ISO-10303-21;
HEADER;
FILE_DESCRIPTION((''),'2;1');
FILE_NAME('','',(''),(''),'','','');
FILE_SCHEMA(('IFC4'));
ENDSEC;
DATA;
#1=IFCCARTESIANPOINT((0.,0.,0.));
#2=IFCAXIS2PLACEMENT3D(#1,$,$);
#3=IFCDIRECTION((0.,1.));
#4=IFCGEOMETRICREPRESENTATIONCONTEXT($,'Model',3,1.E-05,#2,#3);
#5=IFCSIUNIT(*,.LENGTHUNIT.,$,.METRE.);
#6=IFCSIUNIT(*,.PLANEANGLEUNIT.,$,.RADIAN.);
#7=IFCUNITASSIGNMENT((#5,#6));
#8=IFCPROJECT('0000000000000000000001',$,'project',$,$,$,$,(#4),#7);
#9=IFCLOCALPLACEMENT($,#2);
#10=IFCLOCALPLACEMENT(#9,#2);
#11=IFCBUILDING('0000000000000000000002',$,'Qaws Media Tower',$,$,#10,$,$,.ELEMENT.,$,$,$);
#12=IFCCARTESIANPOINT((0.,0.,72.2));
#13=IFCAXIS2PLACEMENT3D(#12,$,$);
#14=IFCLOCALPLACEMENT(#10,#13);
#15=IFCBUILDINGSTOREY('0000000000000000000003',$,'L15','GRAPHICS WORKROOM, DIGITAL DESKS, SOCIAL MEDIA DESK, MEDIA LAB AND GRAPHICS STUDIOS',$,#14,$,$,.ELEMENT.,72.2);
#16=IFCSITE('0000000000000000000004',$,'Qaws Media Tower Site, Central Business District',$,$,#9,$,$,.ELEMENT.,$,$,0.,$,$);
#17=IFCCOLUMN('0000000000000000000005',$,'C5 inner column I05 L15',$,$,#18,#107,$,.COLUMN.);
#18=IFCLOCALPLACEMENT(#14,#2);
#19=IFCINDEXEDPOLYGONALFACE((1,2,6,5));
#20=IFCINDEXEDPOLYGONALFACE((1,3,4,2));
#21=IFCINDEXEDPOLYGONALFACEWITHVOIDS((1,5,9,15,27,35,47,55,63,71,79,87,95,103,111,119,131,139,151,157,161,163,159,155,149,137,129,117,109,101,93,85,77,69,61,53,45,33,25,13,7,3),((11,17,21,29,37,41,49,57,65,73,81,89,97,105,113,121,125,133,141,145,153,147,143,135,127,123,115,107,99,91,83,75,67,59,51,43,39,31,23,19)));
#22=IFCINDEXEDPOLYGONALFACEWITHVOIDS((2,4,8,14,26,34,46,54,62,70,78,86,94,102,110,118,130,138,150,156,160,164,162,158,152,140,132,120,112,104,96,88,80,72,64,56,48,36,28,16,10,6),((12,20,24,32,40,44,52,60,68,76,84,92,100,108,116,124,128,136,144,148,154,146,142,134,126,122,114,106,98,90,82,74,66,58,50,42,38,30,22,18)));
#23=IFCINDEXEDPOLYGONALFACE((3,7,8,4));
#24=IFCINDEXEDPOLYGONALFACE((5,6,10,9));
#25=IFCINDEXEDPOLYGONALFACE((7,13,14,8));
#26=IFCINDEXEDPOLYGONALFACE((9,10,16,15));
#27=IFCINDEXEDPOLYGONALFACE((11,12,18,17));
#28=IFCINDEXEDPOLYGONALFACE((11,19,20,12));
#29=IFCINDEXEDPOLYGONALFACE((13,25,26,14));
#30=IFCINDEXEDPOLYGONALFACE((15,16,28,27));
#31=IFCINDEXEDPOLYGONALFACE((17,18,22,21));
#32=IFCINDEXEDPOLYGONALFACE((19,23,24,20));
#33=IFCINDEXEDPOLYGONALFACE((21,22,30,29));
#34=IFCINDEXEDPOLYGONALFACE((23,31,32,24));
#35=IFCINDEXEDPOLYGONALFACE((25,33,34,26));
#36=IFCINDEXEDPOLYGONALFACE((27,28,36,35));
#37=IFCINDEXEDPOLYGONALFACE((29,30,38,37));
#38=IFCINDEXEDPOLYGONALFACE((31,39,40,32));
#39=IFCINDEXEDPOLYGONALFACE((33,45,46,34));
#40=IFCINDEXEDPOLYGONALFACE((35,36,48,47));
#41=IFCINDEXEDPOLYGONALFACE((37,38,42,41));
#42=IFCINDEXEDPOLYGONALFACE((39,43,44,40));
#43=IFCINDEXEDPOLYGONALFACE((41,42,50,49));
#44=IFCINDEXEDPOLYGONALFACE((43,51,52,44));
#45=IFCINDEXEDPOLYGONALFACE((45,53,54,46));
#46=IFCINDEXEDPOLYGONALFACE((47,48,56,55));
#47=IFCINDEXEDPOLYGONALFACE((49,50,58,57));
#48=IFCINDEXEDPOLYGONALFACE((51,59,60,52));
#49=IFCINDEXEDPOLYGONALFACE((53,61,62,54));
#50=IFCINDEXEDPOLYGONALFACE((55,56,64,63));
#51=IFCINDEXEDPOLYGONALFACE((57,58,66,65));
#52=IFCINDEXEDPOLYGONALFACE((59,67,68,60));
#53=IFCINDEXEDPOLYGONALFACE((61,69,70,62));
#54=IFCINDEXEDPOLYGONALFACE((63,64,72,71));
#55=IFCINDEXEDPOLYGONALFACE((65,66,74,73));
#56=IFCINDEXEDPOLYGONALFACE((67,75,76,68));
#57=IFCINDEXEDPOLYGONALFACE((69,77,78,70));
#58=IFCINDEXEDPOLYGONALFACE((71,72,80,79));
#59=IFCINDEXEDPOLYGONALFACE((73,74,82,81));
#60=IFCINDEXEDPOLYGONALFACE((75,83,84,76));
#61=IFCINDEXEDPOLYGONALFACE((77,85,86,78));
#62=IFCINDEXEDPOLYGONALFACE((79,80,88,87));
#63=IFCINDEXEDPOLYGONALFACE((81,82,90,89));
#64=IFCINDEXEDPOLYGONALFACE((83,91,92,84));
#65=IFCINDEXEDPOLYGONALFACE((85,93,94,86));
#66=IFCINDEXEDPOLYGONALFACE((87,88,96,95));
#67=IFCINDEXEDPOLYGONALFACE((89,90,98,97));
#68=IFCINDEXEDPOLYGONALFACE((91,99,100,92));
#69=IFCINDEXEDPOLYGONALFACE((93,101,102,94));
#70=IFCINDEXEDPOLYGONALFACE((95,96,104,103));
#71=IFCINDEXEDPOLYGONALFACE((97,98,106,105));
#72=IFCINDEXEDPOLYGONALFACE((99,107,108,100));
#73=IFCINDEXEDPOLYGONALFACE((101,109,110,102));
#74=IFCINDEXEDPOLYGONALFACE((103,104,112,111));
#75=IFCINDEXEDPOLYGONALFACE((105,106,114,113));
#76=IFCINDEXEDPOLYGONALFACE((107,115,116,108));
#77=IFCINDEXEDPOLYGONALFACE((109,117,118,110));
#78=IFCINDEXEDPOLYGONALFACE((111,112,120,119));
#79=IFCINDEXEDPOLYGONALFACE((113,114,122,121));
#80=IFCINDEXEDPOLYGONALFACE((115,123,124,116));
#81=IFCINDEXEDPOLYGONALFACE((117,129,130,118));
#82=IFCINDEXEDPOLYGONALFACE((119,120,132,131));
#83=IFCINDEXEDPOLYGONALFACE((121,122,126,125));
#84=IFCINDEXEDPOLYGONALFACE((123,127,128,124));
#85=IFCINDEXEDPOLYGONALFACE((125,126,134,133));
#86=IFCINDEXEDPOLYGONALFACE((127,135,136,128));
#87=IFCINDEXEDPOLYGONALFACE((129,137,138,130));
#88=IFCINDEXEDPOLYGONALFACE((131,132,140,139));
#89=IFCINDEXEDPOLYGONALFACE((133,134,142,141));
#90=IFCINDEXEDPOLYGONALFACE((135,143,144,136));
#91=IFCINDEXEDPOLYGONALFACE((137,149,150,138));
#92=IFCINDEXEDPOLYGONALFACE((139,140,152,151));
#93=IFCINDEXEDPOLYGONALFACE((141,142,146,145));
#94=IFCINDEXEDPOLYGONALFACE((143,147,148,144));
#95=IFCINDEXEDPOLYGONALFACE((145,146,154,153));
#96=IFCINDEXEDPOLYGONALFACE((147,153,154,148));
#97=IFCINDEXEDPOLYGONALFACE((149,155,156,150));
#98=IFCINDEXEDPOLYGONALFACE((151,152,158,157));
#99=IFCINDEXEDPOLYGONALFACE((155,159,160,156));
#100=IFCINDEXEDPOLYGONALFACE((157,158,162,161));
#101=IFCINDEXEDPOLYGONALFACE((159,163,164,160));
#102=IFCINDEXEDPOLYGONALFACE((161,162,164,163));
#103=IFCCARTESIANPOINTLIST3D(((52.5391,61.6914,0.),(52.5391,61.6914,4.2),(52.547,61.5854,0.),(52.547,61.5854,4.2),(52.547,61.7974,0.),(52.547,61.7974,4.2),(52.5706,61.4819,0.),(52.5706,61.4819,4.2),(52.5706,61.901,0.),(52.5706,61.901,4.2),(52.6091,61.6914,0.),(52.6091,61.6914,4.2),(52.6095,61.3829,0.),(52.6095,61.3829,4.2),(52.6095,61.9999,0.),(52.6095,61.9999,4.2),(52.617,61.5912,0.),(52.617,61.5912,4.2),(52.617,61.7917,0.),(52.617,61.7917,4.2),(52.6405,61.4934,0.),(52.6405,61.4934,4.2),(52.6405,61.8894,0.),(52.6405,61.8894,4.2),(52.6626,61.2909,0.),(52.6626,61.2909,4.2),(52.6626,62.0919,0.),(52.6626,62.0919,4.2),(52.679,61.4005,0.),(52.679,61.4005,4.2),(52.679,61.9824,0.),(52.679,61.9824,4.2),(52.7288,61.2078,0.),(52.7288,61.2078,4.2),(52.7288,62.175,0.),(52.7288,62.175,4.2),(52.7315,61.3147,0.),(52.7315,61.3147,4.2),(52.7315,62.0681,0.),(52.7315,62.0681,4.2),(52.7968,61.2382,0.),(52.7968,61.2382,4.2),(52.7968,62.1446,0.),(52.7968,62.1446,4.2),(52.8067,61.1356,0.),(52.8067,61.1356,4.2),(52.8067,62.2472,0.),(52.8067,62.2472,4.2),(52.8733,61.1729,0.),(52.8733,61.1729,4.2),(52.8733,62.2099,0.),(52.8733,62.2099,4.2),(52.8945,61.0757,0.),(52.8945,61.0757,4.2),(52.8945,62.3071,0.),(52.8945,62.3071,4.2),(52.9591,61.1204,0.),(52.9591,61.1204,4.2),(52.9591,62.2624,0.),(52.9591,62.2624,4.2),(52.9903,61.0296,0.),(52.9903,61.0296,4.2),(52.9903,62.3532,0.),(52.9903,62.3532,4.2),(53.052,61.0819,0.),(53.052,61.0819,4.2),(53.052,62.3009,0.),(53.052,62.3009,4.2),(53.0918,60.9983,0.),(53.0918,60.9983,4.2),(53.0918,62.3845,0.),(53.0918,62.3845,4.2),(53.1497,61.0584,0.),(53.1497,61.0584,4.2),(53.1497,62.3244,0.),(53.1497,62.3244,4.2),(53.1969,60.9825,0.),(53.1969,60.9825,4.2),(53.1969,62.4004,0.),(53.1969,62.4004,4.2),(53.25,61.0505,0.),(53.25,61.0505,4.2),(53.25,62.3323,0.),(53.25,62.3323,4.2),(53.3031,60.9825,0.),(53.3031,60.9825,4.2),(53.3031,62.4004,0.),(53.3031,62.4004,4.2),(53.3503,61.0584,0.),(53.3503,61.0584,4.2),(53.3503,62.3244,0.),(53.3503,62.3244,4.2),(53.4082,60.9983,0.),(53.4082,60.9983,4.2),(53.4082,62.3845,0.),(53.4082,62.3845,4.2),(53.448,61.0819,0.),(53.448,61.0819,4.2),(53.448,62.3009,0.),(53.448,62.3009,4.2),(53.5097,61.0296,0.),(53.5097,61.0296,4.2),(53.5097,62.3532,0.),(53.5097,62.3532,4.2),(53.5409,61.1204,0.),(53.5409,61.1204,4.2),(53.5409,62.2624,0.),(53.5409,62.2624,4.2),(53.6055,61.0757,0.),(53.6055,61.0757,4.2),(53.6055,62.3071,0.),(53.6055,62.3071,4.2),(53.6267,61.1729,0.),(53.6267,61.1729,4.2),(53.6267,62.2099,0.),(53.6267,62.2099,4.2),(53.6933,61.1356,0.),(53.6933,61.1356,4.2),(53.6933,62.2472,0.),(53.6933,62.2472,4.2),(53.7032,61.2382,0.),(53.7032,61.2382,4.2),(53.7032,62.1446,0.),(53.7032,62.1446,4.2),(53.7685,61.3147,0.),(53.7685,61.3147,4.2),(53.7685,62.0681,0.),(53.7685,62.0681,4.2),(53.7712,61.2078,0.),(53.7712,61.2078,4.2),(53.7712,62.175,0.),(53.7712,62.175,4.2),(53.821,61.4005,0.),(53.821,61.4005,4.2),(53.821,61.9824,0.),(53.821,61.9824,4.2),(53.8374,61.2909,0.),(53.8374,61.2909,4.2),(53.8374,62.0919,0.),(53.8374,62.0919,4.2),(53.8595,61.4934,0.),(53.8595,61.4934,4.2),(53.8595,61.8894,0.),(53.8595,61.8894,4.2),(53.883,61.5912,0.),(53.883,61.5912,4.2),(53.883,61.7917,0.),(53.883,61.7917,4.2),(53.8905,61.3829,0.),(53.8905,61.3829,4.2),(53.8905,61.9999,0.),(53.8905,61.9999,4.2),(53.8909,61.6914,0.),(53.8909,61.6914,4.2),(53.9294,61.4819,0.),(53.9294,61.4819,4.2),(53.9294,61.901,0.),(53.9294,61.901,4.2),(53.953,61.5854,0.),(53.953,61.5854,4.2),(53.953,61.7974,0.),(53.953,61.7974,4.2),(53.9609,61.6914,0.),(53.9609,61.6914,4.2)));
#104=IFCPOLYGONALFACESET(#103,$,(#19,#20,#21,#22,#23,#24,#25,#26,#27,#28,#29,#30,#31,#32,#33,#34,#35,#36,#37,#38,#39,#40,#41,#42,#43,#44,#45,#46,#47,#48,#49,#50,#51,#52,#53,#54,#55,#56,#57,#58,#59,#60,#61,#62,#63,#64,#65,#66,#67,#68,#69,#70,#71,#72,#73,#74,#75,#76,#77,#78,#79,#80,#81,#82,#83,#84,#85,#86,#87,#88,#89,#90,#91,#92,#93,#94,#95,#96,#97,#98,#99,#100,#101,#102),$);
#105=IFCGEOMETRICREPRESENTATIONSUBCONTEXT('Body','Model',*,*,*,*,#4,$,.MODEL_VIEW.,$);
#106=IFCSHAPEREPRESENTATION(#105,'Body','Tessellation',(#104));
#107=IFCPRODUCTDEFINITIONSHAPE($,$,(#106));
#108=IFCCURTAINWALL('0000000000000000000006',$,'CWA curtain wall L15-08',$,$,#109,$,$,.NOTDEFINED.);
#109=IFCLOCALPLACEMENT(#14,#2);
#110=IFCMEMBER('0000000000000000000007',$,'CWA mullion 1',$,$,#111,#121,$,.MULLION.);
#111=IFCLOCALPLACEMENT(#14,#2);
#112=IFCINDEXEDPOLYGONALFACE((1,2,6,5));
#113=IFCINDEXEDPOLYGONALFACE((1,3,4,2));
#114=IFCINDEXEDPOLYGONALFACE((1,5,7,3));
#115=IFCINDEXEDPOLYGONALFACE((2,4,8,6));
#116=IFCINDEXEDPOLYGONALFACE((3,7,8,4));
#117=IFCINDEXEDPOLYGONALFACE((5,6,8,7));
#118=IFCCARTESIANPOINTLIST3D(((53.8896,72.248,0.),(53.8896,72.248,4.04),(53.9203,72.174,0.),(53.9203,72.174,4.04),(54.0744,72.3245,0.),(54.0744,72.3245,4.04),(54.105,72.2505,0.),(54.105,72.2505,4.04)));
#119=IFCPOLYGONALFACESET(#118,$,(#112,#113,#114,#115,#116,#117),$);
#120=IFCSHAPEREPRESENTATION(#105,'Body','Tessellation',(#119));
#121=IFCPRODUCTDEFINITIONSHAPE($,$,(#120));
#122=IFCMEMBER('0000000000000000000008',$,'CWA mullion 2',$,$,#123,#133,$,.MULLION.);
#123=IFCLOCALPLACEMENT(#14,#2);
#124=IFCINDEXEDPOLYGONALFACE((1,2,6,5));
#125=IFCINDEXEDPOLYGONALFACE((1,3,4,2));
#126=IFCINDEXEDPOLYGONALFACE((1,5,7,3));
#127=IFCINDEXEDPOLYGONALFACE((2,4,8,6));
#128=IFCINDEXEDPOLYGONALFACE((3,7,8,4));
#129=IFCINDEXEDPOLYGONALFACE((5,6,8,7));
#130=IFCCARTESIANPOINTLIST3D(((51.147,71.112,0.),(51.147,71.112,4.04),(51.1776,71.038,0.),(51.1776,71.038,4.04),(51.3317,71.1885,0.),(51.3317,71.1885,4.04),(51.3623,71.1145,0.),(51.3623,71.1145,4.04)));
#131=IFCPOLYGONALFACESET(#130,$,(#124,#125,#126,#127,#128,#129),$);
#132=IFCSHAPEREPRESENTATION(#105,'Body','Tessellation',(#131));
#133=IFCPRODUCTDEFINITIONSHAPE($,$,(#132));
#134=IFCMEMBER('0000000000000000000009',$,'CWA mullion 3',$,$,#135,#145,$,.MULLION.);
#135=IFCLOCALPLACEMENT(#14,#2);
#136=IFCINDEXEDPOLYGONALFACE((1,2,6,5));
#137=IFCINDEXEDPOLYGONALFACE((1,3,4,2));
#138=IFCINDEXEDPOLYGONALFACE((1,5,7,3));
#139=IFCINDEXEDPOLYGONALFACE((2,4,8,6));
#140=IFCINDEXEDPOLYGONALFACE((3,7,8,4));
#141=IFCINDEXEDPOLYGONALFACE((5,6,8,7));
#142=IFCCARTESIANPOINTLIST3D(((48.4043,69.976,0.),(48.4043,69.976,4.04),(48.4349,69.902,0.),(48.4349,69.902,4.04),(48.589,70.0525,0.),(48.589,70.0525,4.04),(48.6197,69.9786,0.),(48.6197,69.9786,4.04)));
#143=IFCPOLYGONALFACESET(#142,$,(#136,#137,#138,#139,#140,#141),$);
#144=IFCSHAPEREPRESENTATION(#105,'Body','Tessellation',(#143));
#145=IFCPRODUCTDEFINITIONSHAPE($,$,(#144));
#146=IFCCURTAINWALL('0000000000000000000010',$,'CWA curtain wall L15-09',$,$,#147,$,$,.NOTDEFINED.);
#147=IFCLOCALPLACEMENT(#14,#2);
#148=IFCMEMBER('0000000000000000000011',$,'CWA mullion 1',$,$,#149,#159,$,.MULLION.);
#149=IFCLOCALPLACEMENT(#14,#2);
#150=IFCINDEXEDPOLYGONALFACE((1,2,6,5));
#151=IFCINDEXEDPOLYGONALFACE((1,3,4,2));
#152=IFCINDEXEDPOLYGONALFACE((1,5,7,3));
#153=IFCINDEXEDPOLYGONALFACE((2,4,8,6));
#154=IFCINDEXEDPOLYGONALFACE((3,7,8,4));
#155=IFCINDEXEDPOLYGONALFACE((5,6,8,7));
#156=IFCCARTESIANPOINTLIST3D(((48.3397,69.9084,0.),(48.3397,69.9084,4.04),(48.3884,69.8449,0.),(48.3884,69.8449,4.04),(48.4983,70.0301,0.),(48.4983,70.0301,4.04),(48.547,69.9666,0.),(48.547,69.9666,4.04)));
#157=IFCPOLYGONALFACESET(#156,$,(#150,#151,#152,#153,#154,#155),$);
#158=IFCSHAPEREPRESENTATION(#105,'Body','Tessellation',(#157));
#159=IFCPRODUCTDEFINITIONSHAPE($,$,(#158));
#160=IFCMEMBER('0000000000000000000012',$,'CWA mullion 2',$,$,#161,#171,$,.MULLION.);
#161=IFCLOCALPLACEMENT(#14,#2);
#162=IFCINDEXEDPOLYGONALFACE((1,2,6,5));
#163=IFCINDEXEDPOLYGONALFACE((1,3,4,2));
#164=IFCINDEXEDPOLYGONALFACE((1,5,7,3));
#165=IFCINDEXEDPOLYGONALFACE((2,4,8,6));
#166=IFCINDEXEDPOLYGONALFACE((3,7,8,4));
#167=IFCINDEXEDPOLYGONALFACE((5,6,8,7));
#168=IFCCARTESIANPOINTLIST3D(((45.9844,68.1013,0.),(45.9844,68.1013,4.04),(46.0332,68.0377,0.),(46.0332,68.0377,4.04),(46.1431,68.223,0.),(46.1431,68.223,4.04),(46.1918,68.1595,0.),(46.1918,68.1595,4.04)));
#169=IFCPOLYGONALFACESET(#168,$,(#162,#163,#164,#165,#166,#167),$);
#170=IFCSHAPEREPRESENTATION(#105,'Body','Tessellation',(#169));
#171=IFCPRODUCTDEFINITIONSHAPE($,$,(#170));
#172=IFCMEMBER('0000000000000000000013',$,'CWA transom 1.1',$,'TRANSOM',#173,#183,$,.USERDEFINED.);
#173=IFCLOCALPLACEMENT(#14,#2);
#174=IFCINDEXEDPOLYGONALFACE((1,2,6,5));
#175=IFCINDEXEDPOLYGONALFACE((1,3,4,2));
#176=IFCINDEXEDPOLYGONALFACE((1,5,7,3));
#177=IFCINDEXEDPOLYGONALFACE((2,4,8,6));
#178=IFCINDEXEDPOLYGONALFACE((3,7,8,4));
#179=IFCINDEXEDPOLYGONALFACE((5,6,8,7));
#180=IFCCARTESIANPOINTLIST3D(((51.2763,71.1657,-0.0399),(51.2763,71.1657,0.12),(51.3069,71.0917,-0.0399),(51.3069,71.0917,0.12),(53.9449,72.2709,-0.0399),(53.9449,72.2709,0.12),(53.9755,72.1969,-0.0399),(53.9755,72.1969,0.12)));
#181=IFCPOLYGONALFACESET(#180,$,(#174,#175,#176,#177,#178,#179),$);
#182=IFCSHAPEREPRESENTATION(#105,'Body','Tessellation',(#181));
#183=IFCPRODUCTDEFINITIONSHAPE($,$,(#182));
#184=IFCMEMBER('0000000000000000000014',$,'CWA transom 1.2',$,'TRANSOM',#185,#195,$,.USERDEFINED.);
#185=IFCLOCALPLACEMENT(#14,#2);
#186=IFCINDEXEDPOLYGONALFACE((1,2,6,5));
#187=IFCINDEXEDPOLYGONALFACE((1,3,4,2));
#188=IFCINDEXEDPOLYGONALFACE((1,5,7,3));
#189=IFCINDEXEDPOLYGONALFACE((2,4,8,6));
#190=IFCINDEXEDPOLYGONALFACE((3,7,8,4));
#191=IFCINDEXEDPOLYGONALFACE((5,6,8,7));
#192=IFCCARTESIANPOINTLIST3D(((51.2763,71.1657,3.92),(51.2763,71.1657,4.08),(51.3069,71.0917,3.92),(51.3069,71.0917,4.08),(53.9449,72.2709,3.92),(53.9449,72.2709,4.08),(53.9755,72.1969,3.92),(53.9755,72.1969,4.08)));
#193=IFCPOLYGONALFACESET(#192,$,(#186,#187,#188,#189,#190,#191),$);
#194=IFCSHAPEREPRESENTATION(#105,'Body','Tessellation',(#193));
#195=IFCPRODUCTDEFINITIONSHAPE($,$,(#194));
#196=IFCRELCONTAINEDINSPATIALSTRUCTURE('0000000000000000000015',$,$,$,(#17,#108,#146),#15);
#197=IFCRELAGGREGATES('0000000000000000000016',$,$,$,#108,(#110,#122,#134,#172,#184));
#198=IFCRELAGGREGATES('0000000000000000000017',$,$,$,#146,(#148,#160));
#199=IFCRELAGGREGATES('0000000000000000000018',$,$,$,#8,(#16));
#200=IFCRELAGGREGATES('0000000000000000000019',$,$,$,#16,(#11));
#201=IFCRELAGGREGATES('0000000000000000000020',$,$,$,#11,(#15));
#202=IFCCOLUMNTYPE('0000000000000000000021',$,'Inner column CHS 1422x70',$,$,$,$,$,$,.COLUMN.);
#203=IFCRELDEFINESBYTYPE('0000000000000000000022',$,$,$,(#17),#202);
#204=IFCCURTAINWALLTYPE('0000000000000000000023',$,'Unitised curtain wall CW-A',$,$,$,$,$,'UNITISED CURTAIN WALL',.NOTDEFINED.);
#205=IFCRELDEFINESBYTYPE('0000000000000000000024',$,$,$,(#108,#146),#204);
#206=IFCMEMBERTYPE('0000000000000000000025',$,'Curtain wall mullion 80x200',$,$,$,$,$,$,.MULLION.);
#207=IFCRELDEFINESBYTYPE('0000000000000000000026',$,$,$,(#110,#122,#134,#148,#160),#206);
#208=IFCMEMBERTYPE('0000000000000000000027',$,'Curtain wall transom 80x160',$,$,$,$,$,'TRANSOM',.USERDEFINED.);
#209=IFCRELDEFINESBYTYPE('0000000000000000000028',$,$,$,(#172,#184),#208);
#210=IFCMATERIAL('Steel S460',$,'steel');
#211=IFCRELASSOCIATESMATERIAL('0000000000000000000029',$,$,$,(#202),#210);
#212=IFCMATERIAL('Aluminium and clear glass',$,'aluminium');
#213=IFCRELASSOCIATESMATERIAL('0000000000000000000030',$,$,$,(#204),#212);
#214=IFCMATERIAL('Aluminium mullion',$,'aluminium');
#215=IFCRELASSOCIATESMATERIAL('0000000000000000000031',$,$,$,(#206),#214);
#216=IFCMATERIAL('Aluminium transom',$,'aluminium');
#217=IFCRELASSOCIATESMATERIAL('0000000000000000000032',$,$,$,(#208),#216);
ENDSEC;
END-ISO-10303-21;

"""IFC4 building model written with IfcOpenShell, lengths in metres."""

from ifc_helpers import new_model, si_unit, direction, frame, origin, origin_2d, place, context, subcontext, project, spatial, rectangle, hollow_circle, extrude, material, material_profile, profile_set, type_object, element, aggregate, save


model = new_model("IFC4")

# Units and contexts
model_context = context("Model", 3, precision=1e-05, world=origin(), true_north=direction((0.0, 1.0)))
body_context = subcontext(model_context, "Body", "Model", "MODEL_VIEW")
ifc_project = project(units=[si_unit("LENGTHUNIT", "METRE"), si_unit("PLANEANGLEUNIT", "RADIAN")], contexts=[model_context])

# Site, building, storey
site_placement = place(None, origin())
site = spatial("IfcSite", under=ifc_project, at=site_placement, Name="Qaws Media Tower Site, Central Business District", CompositionType="ELEMENT", RefElevation=0.0)
building_placement = place(site_placement, origin())
building = spatial("IfcBuilding", under=site, at=building_placement, Name="Qaws Media Tower", CompositionType="ELEMENT")
storey_placement = place(building_placement, frame((0.0, 0.0, 72.2)))
storey = spatial("IfcBuildingStorey", under=building, at=storey_placement, Name="L15", Description="GRAPHICS WORKROOM, DIGITAL DESKS, SOCIAL MEDIA DESK, MEDIA LAB AND GRAPHICS STUDIOS", CompositionType="ELEMENT", Elevation=72.2)

# Column
ifc_material_1 = material(Name="Steel S460", Category="steel")
ifc_material_profile_1 = material_profile(ifc_material_1, hollow_circle(Radius=0.7109, WallThickness=0.0701, at=origin_2d()), Name="CHS 1422x70")
ifc_profile_set_1 = profile_set([ifc_material_profile_1], Name="Steel S460")
column_type = type_object("IfcColumnType", Name="Inner column CHS 1422x70", PredefinedType="COLUMN", material=ifc_profile_set_1)
column_placement = place(storey_placement, frame((53.25, 61.6914, 0.0), z_axis=(0.0, 0.0, 1.0), x_axis=(1.0, 0.0, 0.0)))
element("IfcColumn", 1, at=column_placement, inside=storey, type_object=column_type, Name="C5 inner column I05 L15", PredefinedType="COLUMN", context=body_context, shape_type="SweptSolid", body=[
    extrude(hollow_circle(Radius=0.7109, WallThickness=0.0701, at=origin_2d()), origin(), (0.0, 0.0, 1.0), 4.2),
])

# Curtain walls, members
ifc_material_2 = material(Name="Aluminium and clear glass", Category="aluminium")
curtain_wall_type = type_object("IfcCurtainWallType", Name="Unitised curtain wall CW-A", ElementType="UNITISED CURTAIN WALL", PredefinedType="NOTDEFINED", material=ifc_material_2)
curtain_wall_1_placement = place(storey_placement, origin())
curtain_wall_1 = element("IfcCurtainWall", 2, at=curtain_wall_1_placement, inside=storey, type_object=curtain_wall_type, Name="CWA curtain wall L15-08", PredefinedType="NOTDEFINED")
ifc_material_3 = material(Name="Aluminium mullion", Category="aluminium")
ifc_material_profile_2 = material_profile(ifc_material_3, rectangle(XDim=0.0801, YDim=0.2, at=origin_2d()), Name="80x200")
ifc_profile_set_2 = profile_set([ifc_material_profile_2], Name="Aluminium mullion")
member_type_1 = type_object("IfcMemberType", Name="Curtain wall mullion 80x200", PredefinedType="MULLION", material=ifc_profile_set_2)
member_1_placement = place(storey_placement, frame((53.9973, 72.2493, 0.0), z_axis=(0.0, 0.0, 1.0), x_axis=(0.382683, -0.92388, 0.0)))
member_1 = element("IfcMember", 3, at=member_1_placement, type_object=member_type_1, Name="CWA mullion 1", PredefinedType="MULLION", context=body_context, shape_type="SweptSolid", body=[
    extrude(rectangle(XDim=0.0801, YDim=0.2, at=origin_2d()), origin(), (0.0, 0.0, 1.0), 4.04),
])
member_2_placement = place(storey_placement, frame((51.2546, 71.1133, 0.0), z_axis=(0.0, 0.0, 1.0), x_axis=(0.382683, -0.92388, 0.0)))
member_2 = element("IfcMember", 4, at=member_2_placement, type_object=member_type_1, Name="CWA mullion 2", PredefinedType="MULLION", context=body_context, shape_type="SweptSolid", body=[
    extrude(rectangle(XDim=0.0801, YDim=0.2, at=origin_2d()), origin(), (0.0, 0.0, 1.0), 4.04),
])
member_3_placement = place(storey_placement, frame((48.512, 69.9773, 0.0), z_axis=(0.0, 0.0, 1.0), x_axis=(0.382683, -0.92388, 0.0)))
member_3 = element("IfcMember", 5, at=member_3_placement, type_object=member_type_1, Name="CWA mullion 3", PredefinedType="MULLION", context=body_context, shape_type="SweptSolid", body=[
    extrude(rectangle(XDim=0.0801, YDim=0.2, at=origin_2d()), origin(), (0.0, 0.0, 1.0), 4.04),
])
curtain_wall_2_placement = place(storey_placement, origin())
curtain_wall_2 = element("IfcCurtainWall", 6, at=curtain_wall_2_placement, inside=storey, type_object=curtain_wall_type, Name="CWA curtain wall L15-09", PredefinedType="NOTDEFINED")
member_4_placement = place(storey_placement, frame((48.4434, 69.9375, 0.0), z_axis=(0.0, 0.0, 1.0), x_axis=(0.608762, -0.793353, 0.0)))
member_4 = element("IfcMember", 7, at=member_4_placement, type_object=member_type_1, Name="CWA mullion 1", PredefinedType="MULLION", context=body_context, shape_type="SweptSolid", body=[
    extrude(rectangle(XDim=0.0801, YDim=0.2, at=origin_2d()), origin(), (0.0, 0.0, 1.0), 4.04),
])
member_5_placement = place(storey_placement, frame((46.0881, 68.1304, 0.0), z_axis=(0.0, 0.0, 1.0), x_axis=(0.608762, -0.793353, 0.0)))
member_5 = element("IfcMember", 8, at=member_5_placement, type_object=member_type_1, Name="CWA mullion 2", PredefinedType="MULLION", context=body_context, shape_type="SweptSolid", body=[
    extrude(rectangle(XDim=0.0801, YDim=0.2, at=origin_2d()), origin(), (0.0, 0.0, 1.0), 4.04),
])

# Members
ifc_material_4 = material(Name="Aluminium transom", Category="aluminium")
ifc_material_profile_3 = material_profile(ifc_material_4, rectangle(XDim=0.0801, YDim=0.1599, at=origin_2d()), Name="80x160")
ifc_profile_set_3 = profile_set([ifc_material_profile_3], Name="Aluminium transom")
member_type_2 = type_object("IfcMemberType", Name="Curtain wall transom 80x160", ElementType="TRANSOM", PredefinedType="USERDEFINED", material=ifc_profile_set_3)
member_6_placement = place(storey_placement, frame((53.9602, 72.2339, 0.04), z_axis=(-0.923902, -0.382628, 0.0), x_axis=(0.382628, -0.923902, 0.0)))
member_6 = element("IfcMember", 9, at=member_6_placement, type_object=member_type_2, Name="CWA transom 1.1", ObjectType="TRANSOM", PredefinedType="USERDEFINED", context=body_context, shape_type="SweptSolid", body=[
    extrude(rectangle(XDim=0.0801, YDim=0.1599, at=origin_2d()), origin(), (0.0, 0.0, 1.0), 2.8884),
])
member_7_placement = place(storey_placement, frame((53.9602, 72.2339, 4.0), z_axis=(-0.923902, -0.382628, 0.0), x_axis=(0.382628, -0.923902, 0.0)))
member_7 = element("IfcMember", 10, at=member_7_placement, type_object=member_type_2, Name="CWA transom 1.2", ObjectType="TRANSOM", PredefinedType="USERDEFINED", context=body_context, shape_type="SweptSolid", body=[
    extrude(rectangle(XDim=0.0801, YDim=0.1599, at=origin_2d()), origin(), (0.0, 0.0, 1.0), 2.8884),
])

aggregate(curtain_wall_1, [member_1, member_2, member_3, member_6, member_7])
aggregate(curtain_wall_2, [member_4, member_5])

save(model, "model.ifc")
